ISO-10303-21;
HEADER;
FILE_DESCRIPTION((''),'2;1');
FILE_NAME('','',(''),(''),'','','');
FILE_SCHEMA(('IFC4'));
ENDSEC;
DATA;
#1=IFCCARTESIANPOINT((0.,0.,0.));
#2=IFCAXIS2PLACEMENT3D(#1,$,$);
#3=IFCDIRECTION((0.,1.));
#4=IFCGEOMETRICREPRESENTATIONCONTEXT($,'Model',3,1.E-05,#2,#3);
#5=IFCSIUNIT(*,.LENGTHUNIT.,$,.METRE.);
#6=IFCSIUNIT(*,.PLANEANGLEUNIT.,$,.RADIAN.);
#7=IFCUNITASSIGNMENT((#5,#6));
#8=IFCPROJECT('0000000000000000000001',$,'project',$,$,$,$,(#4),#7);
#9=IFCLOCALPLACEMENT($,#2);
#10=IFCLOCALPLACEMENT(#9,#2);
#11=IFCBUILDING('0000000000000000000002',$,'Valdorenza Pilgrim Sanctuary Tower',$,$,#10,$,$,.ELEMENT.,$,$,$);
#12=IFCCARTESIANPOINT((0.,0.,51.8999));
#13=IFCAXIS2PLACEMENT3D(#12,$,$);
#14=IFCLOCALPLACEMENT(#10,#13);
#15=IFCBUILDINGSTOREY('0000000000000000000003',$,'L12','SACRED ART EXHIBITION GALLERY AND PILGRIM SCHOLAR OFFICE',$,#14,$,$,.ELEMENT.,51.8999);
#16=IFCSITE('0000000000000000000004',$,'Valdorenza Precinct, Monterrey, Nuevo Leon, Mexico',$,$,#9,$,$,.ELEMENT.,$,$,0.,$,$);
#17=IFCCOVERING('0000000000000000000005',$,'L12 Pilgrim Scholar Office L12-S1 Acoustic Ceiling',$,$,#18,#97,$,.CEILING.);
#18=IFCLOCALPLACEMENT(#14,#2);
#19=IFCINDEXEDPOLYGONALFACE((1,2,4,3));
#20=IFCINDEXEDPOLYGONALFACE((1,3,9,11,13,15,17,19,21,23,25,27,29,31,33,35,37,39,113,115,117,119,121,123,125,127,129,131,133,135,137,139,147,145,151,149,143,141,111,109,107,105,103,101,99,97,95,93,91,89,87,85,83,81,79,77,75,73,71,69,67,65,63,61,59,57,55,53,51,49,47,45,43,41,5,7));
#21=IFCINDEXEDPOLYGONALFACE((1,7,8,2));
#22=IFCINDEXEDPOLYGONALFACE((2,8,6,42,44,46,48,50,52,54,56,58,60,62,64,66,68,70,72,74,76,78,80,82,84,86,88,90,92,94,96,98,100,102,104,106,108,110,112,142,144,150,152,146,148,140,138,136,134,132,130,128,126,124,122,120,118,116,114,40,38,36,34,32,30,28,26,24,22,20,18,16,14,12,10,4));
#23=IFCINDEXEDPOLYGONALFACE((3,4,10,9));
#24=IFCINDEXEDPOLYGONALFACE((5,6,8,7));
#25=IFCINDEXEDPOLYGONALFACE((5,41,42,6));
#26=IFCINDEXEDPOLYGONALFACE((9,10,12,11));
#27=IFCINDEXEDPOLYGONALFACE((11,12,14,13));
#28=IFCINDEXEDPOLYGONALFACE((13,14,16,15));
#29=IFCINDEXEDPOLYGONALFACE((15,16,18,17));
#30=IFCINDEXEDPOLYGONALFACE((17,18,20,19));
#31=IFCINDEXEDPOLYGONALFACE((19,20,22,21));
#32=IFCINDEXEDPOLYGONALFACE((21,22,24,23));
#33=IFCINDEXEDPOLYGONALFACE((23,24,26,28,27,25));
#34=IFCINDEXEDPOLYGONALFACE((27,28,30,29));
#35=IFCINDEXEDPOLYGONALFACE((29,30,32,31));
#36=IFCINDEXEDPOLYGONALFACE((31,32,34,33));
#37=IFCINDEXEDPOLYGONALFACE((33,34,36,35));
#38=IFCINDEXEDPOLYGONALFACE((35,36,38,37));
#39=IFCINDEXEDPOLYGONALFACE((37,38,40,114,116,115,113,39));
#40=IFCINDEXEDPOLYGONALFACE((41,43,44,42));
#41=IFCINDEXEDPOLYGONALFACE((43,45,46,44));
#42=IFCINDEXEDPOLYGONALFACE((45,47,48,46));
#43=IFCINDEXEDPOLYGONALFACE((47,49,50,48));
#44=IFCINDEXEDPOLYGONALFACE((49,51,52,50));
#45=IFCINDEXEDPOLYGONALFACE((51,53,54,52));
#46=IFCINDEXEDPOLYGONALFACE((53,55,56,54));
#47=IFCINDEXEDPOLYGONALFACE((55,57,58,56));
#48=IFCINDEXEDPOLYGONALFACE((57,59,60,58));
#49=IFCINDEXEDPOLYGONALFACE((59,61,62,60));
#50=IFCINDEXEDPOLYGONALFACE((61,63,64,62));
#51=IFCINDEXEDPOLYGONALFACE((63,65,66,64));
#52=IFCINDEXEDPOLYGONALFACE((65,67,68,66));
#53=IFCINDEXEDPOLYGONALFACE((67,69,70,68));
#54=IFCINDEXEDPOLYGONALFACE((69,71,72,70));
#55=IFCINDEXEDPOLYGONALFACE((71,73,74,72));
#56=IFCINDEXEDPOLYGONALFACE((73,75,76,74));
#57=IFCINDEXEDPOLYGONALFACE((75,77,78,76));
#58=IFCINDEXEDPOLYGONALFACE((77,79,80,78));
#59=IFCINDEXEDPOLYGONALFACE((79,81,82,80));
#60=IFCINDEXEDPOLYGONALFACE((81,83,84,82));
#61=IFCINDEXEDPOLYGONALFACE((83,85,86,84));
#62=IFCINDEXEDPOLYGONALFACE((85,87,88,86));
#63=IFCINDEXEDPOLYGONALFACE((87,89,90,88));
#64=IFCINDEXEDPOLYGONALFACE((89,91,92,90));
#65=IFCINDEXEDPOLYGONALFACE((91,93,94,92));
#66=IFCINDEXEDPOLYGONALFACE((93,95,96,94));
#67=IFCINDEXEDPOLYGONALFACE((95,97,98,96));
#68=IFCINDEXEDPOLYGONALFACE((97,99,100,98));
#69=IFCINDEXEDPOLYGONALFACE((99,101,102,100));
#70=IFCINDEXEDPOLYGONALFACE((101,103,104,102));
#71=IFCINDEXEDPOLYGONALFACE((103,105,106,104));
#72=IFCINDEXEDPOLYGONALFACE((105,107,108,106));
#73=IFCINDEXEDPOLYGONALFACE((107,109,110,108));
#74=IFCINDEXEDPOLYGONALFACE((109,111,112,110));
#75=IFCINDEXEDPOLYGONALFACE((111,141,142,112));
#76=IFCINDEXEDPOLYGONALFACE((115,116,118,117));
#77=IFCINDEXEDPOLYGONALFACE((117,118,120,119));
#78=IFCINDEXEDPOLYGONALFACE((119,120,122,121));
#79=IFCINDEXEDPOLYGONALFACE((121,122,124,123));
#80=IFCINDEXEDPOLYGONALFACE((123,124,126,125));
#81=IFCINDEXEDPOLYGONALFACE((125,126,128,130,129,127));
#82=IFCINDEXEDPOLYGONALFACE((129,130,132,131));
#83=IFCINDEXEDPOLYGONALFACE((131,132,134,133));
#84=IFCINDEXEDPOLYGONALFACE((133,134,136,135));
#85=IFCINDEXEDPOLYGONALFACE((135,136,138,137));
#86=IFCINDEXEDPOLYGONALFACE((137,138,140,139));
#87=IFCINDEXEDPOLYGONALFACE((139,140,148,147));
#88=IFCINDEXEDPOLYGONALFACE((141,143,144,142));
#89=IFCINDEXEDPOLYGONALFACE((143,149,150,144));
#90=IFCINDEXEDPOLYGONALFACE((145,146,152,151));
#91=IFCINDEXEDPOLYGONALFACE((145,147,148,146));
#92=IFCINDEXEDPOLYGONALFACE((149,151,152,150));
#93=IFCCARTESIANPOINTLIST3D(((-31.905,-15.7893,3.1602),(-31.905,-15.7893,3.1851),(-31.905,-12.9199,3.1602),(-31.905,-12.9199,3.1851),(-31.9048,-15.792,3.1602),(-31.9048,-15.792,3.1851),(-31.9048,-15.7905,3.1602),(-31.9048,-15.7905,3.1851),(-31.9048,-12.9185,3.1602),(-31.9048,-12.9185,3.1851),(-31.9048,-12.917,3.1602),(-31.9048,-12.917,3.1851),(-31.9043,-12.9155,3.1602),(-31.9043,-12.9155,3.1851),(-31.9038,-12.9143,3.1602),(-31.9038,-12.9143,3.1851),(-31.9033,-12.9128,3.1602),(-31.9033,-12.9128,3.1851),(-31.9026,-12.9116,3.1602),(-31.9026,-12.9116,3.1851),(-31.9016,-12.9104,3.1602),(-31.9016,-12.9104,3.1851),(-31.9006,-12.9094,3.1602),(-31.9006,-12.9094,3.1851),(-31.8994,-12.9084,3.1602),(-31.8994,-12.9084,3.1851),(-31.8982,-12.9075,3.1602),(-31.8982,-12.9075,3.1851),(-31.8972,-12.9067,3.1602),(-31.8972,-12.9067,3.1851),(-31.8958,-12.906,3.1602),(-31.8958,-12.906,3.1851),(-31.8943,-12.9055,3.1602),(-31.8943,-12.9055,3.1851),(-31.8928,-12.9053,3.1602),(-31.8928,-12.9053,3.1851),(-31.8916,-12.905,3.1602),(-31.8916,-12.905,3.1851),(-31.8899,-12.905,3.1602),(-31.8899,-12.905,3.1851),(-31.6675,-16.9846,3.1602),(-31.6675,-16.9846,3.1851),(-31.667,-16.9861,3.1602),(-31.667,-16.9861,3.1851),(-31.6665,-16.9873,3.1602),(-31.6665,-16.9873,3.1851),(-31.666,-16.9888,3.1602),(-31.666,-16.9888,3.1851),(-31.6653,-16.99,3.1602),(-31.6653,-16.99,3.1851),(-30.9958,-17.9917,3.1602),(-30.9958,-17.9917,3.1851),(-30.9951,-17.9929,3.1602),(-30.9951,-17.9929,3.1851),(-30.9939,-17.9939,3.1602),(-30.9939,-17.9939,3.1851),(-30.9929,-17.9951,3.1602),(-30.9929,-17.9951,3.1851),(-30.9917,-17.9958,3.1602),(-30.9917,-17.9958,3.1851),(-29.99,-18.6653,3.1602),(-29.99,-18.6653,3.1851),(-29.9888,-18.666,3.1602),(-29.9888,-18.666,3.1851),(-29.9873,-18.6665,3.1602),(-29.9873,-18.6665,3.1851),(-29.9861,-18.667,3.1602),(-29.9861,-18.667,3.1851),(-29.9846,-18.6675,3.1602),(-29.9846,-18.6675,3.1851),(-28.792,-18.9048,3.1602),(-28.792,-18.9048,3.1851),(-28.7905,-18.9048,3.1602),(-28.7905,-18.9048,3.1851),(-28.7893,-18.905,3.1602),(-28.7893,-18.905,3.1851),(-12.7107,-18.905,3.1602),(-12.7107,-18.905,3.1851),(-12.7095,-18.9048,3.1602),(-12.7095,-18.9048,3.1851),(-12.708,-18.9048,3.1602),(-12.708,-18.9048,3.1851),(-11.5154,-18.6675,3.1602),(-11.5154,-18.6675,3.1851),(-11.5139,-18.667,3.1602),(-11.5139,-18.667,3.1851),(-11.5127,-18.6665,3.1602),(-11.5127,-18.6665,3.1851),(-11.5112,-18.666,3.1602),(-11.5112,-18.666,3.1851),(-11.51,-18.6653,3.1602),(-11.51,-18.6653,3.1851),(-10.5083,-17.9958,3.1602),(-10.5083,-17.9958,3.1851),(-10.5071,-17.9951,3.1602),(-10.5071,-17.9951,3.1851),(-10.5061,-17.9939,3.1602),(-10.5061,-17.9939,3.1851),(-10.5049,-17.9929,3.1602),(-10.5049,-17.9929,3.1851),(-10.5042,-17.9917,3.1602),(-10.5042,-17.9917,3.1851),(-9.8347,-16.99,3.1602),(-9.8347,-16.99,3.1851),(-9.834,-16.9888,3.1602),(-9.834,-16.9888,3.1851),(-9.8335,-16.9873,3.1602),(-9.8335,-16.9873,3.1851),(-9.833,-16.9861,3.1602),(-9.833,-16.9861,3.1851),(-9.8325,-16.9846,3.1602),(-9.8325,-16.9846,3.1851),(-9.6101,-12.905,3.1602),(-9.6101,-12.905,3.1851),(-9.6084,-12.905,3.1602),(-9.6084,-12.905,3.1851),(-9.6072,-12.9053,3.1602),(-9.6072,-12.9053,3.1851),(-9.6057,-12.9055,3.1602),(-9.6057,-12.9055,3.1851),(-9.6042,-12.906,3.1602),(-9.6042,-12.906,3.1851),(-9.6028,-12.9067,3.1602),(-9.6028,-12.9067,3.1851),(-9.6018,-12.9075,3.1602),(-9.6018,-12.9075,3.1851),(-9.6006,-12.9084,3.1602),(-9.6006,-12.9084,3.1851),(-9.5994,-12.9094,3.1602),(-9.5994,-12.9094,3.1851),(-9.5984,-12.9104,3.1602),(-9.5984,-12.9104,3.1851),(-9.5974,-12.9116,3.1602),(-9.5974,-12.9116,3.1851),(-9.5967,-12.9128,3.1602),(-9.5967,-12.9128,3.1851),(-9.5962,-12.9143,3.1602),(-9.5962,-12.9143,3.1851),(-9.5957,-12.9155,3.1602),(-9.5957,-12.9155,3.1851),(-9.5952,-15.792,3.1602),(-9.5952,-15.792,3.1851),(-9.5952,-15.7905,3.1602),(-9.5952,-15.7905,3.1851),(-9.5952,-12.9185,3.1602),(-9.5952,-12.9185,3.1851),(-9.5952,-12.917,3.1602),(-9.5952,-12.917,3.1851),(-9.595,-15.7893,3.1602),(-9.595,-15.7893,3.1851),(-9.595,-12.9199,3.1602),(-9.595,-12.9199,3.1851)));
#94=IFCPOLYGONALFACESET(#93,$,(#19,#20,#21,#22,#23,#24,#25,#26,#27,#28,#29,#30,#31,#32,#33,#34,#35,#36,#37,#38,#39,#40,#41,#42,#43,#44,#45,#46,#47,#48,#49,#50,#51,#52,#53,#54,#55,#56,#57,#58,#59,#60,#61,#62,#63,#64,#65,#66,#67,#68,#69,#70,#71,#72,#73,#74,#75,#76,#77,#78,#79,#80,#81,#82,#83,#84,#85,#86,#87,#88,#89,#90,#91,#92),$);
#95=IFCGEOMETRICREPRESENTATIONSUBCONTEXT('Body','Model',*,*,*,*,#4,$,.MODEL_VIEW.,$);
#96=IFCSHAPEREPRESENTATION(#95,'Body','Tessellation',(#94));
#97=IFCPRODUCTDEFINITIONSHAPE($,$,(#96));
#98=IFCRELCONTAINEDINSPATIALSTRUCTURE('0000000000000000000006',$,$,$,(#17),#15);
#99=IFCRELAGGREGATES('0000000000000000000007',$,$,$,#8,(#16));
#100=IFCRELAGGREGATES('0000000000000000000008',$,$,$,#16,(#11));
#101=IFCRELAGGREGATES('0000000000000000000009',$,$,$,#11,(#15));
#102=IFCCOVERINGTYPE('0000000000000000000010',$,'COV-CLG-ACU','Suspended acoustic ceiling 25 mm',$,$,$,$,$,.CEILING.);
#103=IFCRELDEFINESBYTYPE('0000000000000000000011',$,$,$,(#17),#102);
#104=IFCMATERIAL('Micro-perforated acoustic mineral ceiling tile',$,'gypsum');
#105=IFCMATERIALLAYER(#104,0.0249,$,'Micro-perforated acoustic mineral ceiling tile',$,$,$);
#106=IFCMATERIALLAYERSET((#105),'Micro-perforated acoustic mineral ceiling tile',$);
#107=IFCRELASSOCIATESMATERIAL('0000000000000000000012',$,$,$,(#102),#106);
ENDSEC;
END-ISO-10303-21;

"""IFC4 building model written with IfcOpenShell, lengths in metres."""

from ifc_helpers import new_model, si_unit, direction, frame, origin, place, context, subcontext, project, spatial, polyline, outline, extrude, material, layer, layer_set, type_object, element, save


model = new_model("IFC4")

# Units and contexts
model_context = context("Model", 3, precision=1e-05, world=origin(), true_north=direction((0.0, 1.0)))
body_context = subcontext(model_context, "Body", "Model", "MODEL_VIEW")
ifc_project = project(units=[si_unit("LENGTHUNIT", "METRE"), si_unit("PLANEANGLEUNIT", "RADIAN")], contexts=[model_context])

# Site, building, storey
site_placement = place(None, origin())
site = spatial("IfcSite", under=ifc_project, at=site_placement, Name="Valdorenza Precinct, Monterrey, Nuevo Leon, Mexico", CompositionType="ELEMENT", RefElevation=0.0)
building_placement = place(site_placement, origin())
building = spatial("IfcBuilding", under=site, at=building_placement, Name="Valdorenza Pilgrim Sanctuary Tower", CompositionType="ELEMENT")
storey_placement = place(building_placement, frame((0.0, 0.0, 51.8999)))
storey = spatial("IfcBuildingStorey", under=building, at=storey_placement, Name="L12", Description="SACRED ART EXHIBITION GALLERY AND PILGRIM SCHOLAR OFFICE", CompositionType="ELEMENT", Elevation=51.8999)

# Covering
ifc_material_1 = material(Name="Micro-perforated acoustic mineral ceiling tile", Category="gypsum")
ifc_layer_1 = layer(ifc_material_1, 0.0249, Name="Micro-perforated acoustic mineral ceiling tile")
ifc_layer_set_1 = layer_set([ifc_layer_1], Name="Micro-perforated acoustic mineral ceiling tile")
covering_type_1 = type_object("IfcCoveringType", Name="COV-CLG-ACU", Description="Suspended acoustic ceiling 25 mm", PredefinedType="CEILING", material=ifc_layer_set_1)
covering_1_placement = place(storey_placement, frame((0.0, 0.0, 3.1602)))
element("IfcCovering", 1, at=covering_1_placement, inside=storey, type_object=covering_type_1, Name="L12 Pilgrim Scholar Office L12-S1 Acoustic Ceiling", PredefinedType="CEILING", context=body_context, shape_type="SweptSolid", body=[
    extrude(outline(polyline([(-9.595, -15.7893), (-9.5952, -15.7905), (-9.5952, -15.792), (-9.8325, -16.9846), (-9.833, -16.9861), (-9.8335, -16.9873), (-9.834, -16.9888), (-9.8347, -16.99), (-10.5042, -17.9917), (-10.5049, -17.9929), (-10.5061, -17.9939), (-10.5071, -17.9951), (-10.5083, -17.9958), (-11.51, -18.6653), (-11.5112, -18.666), (-11.5127, -18.6665), (-11.5139, -18.667), (-11.5154, -18.6675), (-12.708, -18.9048), (-12.7095, -18.9048), (-12.7107, -18.905), (-28.7893, -18.905), (-28.7905, -18.9048), (-28.792, -18.9048), (-29.9846, -18.6675), (-29.9861, -18.667), (-29.9873, -18.6665), (-29.9888, -18.666), (-29.99, -18.6653), (-30.9917, -17.9958), (-30.9929, -17.9951), (-30.9939, -17.9939), (-30.9951, -17.9929), (-30.9958, -17.9917), (-31.6653, -16.99), (-31.666, -16.9888), (-31.6665, -16.9873), (-31.667, -16.9861), (-31.6675, -16.9846), (-31.9048, -15.792), (-31.9048, -15.7905), (-31.905, -15.7893), (-31.905, -12.9199), (-31.9048, -12.9185), (-31.9048, -12.917), (-31.9043, -12.9155), (-31.9038, -12.9143), (-31.9033, -12.9128), (-31.9026, -12.9116), (-31.9016, -12.9104), (-31.9006, -12.9094), (-31.8994, -12.9084), (-31.8982, -12.9075), (-31.8972, -12.9067), (-31.8958, -12.906), (-31.8943, -12.9055), (-31.8928, -12.9053), (-31.8916, -12.905), (-31.8899, -12.905), (-9.6101, -12.905), (-9.6084, -12.905), (-9.6072, -12.9053), (-9.6057, -12.9055), (-9.6042, -12.906), (-9.6028, -12.9067), (-9.6018, -12.9075), (-9.6006, -12.9084), (-9.5994, -12.9094), (-9.5984, -12.9104), (-9.5974, -12.9116), (-9.5967, -12.9128), (-9.5962, -12.9143), (-9.5957, -12.9155), (-9.5952, -12.917), (-9.5952, -12.9185), (-9.595, -12.9199), (-9.595, -15.7893)])), origin(), (0.0, 0.0, 1.0), 0.0249),
])

save(model, "model.ifc")
